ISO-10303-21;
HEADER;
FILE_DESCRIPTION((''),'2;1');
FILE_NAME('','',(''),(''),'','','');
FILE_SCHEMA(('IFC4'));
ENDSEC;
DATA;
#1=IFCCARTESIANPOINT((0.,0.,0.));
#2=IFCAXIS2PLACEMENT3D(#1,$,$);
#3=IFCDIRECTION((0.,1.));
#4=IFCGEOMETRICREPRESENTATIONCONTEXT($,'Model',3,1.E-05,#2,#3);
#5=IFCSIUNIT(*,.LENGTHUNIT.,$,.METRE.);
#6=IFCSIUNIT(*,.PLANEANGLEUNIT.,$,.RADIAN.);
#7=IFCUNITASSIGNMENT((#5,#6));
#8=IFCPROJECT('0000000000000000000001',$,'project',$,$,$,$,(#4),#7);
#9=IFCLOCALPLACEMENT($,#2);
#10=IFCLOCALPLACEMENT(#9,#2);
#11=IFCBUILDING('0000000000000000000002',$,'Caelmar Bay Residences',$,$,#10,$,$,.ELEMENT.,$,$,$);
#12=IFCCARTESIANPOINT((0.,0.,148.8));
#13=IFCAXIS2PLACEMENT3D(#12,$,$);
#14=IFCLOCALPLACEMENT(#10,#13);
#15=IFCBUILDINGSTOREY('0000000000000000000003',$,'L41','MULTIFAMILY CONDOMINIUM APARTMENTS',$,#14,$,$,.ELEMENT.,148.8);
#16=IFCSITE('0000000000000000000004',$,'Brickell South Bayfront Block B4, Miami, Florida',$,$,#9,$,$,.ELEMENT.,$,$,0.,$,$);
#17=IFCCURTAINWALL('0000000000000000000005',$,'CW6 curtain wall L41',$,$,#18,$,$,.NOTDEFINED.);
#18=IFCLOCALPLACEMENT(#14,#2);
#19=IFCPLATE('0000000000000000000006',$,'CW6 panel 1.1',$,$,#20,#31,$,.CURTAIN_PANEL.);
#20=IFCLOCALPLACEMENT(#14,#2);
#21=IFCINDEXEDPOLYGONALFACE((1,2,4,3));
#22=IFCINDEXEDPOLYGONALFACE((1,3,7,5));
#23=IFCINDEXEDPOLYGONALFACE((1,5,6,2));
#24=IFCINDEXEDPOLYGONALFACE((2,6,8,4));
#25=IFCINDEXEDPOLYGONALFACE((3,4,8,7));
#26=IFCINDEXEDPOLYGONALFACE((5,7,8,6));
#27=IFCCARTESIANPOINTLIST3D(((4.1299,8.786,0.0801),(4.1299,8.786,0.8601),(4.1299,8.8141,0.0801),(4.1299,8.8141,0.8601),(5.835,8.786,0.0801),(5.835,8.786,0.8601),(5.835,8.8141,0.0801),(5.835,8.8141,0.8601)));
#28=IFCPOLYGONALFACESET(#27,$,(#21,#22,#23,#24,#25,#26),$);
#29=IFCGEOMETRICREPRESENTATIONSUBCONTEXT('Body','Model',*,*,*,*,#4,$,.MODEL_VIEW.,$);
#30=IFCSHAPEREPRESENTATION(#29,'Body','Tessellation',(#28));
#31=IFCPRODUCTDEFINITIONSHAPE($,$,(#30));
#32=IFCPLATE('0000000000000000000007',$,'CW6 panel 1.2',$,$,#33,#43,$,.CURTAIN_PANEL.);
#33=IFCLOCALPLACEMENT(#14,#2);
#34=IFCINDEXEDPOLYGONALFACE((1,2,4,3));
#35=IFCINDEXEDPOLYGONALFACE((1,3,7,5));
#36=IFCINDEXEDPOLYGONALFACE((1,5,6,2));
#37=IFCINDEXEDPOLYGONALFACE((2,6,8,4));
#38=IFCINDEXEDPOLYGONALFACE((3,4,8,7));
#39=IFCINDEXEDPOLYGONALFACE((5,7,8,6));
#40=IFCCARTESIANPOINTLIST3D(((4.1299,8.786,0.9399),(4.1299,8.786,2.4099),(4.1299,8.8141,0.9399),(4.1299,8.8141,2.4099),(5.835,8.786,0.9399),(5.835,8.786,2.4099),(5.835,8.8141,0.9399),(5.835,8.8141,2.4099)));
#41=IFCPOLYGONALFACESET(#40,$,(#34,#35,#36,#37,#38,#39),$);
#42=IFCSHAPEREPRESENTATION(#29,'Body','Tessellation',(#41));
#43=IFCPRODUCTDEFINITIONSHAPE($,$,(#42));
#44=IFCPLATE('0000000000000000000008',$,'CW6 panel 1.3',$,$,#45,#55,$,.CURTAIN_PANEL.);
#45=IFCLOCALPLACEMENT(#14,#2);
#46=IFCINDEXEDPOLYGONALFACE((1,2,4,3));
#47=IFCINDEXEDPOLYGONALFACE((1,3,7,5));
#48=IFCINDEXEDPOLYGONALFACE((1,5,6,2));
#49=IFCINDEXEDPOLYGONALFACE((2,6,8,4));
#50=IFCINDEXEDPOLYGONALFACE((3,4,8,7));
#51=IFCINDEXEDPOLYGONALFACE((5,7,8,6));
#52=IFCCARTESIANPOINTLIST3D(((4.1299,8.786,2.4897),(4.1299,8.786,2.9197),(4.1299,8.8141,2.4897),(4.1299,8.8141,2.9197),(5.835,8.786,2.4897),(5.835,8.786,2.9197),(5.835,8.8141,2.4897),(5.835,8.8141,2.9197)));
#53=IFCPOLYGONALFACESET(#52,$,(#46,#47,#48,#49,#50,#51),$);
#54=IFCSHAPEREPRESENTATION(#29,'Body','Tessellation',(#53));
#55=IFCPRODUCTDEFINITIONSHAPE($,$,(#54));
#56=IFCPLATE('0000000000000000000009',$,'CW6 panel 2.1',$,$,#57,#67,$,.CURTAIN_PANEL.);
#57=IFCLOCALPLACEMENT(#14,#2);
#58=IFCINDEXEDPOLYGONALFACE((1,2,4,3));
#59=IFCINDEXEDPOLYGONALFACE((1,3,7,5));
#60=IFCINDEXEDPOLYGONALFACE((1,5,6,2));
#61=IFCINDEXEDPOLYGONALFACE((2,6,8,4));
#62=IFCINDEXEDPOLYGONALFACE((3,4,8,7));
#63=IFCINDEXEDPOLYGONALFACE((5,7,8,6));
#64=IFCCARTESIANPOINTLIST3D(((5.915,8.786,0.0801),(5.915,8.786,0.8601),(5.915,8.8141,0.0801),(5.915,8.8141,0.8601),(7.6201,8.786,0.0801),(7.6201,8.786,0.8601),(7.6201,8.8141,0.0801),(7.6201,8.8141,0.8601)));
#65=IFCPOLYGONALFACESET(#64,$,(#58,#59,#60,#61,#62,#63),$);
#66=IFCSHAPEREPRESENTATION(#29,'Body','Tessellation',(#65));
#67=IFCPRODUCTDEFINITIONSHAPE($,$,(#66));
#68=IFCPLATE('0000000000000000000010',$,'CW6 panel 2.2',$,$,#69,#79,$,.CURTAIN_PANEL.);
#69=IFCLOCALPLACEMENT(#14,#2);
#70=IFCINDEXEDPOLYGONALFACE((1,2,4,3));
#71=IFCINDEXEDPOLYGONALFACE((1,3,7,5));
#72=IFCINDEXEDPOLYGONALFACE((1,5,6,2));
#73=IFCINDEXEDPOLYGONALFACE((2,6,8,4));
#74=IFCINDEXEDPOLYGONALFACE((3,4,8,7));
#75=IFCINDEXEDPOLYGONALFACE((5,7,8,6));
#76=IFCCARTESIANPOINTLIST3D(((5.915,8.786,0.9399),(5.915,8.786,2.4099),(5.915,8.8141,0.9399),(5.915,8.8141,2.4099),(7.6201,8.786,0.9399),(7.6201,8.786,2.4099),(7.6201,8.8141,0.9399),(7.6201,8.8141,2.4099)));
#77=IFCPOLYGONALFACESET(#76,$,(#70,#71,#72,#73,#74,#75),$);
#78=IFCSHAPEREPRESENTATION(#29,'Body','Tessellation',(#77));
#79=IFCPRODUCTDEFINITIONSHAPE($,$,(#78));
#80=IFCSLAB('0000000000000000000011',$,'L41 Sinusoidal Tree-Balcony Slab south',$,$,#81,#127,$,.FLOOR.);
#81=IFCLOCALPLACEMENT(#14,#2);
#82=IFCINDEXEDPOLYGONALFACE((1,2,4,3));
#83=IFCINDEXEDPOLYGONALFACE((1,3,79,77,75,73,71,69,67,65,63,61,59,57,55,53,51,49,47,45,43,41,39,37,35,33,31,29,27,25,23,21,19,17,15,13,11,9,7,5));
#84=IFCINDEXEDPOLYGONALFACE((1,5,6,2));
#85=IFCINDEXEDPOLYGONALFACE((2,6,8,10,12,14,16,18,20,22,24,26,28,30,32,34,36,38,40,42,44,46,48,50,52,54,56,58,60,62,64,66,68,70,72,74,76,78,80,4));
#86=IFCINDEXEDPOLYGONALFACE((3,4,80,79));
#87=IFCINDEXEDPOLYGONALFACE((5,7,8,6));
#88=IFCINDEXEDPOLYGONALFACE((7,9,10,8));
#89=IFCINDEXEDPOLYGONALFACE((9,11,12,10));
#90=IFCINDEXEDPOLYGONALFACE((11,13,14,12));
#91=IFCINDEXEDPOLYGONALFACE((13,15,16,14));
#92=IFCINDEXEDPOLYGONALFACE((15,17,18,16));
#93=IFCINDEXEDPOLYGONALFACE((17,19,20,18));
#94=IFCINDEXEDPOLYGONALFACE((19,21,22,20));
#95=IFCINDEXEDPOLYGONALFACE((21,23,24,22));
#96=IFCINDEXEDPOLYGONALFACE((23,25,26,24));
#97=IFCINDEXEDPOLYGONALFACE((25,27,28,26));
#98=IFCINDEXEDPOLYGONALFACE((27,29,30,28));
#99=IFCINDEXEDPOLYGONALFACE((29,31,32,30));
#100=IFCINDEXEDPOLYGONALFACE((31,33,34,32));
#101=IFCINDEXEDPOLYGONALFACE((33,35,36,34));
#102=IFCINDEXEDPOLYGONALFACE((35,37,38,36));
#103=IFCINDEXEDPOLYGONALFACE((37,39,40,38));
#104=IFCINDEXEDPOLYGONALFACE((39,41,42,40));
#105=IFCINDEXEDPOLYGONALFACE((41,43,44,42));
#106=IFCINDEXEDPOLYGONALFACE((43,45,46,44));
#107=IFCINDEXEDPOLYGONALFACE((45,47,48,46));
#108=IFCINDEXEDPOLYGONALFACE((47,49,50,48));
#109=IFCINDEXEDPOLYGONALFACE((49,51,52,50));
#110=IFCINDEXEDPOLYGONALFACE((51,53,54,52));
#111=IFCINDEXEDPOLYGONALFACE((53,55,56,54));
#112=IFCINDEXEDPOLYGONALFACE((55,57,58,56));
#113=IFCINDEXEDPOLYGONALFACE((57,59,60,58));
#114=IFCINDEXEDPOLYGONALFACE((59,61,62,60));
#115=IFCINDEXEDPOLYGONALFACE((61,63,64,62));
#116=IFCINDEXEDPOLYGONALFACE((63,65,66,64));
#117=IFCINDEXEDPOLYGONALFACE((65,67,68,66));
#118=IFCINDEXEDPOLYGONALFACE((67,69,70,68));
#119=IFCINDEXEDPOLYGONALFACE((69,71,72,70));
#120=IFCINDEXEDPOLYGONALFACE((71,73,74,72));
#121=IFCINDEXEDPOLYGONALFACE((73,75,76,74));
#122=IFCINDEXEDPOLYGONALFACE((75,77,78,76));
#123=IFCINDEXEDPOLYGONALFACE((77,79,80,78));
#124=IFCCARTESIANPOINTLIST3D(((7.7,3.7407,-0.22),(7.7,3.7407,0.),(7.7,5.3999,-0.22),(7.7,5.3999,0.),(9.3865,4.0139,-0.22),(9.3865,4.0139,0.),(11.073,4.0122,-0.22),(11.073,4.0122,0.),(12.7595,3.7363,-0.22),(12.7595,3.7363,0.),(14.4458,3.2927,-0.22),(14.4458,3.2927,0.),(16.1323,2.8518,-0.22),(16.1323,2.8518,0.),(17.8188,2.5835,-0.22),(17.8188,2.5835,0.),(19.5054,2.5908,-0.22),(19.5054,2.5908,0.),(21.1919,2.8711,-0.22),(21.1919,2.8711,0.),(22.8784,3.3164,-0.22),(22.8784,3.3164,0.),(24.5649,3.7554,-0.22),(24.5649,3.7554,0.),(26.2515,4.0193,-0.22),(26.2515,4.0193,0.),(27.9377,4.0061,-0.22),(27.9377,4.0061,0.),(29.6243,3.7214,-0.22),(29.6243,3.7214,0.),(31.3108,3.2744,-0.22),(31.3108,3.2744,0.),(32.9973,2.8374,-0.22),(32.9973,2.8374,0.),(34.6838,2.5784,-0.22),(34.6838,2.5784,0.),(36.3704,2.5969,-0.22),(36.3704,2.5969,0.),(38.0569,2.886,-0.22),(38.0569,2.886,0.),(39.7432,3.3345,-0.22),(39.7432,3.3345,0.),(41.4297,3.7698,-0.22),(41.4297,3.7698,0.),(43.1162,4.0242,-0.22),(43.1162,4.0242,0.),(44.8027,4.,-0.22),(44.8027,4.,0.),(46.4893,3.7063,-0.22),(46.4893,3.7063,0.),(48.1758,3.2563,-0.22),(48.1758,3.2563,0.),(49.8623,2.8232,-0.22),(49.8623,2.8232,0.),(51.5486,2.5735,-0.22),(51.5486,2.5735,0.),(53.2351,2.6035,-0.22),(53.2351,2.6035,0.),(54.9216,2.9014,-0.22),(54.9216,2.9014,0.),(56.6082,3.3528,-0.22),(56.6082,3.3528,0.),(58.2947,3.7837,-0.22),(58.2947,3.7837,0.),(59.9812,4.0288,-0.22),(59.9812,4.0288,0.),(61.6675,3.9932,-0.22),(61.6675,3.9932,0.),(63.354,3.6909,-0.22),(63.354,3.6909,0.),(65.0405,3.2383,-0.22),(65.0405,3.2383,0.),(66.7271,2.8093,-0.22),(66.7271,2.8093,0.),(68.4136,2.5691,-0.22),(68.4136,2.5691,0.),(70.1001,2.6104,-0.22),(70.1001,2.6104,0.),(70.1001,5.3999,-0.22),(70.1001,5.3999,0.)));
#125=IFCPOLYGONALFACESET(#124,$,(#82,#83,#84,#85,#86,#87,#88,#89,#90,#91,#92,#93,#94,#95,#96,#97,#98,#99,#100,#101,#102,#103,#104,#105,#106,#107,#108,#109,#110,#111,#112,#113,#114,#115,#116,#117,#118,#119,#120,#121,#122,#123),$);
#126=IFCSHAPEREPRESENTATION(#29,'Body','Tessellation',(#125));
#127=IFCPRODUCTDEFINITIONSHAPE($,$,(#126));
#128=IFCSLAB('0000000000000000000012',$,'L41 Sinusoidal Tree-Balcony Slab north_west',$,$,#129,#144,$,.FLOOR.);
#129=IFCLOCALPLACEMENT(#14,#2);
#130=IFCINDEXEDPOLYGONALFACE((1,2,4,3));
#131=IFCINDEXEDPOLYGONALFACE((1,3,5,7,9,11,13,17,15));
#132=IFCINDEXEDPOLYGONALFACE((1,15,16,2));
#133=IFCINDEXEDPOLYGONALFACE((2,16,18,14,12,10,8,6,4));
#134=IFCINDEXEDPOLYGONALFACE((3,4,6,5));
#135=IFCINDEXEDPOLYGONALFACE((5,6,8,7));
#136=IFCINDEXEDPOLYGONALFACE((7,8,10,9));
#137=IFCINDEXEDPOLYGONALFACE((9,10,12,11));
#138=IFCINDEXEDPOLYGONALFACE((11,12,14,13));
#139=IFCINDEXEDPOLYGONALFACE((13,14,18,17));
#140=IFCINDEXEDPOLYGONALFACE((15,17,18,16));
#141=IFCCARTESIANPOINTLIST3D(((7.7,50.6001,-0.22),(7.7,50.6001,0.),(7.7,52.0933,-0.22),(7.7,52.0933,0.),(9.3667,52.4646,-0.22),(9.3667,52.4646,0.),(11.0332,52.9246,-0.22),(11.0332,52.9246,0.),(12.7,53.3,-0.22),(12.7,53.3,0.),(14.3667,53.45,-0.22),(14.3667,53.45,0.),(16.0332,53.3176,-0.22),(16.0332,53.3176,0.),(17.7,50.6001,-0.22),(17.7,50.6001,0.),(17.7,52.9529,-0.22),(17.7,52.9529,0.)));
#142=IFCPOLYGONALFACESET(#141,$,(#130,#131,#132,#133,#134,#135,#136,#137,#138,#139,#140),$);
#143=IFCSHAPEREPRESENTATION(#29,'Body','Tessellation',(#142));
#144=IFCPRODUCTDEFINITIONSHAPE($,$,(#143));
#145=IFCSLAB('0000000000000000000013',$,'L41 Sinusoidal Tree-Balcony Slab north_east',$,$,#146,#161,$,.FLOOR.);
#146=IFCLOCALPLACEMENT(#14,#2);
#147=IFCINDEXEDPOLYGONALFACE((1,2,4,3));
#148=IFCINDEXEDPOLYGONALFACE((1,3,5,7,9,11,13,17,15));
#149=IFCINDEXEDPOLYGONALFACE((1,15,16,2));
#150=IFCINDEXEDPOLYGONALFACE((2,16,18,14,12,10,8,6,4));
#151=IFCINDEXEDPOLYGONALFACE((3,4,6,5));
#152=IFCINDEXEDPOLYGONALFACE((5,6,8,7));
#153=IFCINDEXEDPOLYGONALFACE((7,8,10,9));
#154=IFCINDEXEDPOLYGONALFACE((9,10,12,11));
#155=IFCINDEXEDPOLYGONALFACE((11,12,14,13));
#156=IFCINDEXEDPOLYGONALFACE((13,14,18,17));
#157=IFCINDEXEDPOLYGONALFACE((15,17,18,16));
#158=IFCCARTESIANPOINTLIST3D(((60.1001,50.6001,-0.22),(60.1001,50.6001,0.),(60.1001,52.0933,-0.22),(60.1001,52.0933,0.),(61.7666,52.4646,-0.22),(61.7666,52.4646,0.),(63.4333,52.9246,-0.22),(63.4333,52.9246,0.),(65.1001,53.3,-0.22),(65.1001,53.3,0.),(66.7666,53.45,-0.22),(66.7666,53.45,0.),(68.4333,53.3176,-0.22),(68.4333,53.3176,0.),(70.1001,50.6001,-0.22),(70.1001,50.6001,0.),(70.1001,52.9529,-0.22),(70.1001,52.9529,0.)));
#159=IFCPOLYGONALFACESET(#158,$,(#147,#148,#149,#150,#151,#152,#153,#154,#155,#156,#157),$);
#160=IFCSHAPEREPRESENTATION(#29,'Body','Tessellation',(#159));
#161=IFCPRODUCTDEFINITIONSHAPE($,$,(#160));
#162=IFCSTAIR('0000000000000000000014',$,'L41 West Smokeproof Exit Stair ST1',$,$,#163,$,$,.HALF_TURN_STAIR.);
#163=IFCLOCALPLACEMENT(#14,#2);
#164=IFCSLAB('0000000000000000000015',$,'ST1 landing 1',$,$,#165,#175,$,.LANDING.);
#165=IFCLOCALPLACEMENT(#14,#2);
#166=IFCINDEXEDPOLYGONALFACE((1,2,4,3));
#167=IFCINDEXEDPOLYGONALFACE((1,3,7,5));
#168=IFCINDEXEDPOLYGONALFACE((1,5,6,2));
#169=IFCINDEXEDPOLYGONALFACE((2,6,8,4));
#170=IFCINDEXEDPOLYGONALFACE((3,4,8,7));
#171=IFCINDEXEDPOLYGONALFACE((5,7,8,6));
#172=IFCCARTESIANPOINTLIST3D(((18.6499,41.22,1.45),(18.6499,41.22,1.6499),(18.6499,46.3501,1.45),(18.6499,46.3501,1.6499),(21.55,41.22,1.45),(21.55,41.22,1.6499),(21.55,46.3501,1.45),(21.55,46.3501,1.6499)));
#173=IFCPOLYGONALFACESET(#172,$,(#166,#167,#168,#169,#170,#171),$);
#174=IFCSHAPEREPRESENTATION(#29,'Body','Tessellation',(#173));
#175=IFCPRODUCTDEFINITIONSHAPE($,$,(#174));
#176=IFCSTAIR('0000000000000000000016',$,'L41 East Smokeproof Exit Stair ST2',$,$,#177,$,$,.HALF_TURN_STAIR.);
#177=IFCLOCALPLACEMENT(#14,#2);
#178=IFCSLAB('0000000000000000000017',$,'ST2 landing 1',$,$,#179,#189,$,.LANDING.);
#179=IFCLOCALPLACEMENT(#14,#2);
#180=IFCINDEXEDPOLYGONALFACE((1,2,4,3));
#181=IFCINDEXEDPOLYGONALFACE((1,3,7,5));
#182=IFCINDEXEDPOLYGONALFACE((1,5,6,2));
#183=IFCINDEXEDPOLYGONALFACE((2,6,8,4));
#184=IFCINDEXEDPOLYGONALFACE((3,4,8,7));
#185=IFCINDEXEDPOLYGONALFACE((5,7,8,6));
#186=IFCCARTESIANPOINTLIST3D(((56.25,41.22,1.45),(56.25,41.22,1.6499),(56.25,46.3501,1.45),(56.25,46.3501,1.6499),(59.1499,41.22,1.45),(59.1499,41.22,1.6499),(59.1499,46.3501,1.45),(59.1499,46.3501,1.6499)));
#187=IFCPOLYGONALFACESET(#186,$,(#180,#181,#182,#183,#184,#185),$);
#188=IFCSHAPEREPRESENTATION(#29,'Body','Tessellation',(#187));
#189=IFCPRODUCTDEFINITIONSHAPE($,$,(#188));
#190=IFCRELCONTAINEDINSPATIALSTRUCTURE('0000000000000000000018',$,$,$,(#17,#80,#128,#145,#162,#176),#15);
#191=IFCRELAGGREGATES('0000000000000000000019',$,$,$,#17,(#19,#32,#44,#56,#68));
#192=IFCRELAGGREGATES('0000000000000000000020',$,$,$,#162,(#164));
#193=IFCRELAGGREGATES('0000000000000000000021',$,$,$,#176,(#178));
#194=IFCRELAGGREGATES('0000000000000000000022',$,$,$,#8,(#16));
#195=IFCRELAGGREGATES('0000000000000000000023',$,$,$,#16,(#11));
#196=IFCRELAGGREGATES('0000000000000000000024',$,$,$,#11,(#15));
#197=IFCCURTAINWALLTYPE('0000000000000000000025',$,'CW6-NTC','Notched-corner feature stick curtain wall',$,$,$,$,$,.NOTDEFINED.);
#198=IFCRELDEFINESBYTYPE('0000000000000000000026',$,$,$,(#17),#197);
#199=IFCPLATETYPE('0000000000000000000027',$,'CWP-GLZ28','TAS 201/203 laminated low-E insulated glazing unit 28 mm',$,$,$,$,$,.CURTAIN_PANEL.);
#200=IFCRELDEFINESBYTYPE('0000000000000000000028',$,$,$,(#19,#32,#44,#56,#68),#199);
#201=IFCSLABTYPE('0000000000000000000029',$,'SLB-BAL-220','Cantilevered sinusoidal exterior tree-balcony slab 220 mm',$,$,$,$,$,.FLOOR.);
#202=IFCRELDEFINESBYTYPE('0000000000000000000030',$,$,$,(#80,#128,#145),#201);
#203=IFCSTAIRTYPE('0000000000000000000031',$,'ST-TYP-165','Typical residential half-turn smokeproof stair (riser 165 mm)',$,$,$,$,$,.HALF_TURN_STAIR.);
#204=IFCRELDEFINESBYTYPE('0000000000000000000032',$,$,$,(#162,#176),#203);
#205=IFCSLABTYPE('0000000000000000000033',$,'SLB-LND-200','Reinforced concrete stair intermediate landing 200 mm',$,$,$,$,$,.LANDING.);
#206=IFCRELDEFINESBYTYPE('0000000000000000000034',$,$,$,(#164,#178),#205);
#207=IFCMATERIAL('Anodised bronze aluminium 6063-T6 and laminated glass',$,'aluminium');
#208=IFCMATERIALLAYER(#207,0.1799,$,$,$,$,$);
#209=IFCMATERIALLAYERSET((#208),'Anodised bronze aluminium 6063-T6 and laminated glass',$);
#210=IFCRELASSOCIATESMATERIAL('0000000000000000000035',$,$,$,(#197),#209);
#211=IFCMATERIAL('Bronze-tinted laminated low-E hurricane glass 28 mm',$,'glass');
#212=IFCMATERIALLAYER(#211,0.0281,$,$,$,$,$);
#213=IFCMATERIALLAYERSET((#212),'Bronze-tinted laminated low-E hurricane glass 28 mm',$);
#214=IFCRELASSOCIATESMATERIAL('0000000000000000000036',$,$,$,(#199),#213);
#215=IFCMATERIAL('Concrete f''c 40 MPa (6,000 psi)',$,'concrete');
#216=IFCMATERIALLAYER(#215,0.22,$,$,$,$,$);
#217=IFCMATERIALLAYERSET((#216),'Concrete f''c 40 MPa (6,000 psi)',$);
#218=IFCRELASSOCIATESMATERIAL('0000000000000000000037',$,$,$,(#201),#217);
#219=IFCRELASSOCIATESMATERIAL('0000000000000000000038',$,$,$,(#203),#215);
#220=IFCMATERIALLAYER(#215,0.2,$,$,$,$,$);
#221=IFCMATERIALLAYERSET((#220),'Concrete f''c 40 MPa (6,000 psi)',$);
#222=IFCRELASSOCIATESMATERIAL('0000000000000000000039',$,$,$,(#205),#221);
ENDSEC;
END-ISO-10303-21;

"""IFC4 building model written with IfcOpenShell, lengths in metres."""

from ifc_helpers import new_model, si_unit, direction, frame, origin, origin_2d, place, context, subcontext, project, spatial, polyline, rectangle, outline, extrude, material, layer, layer_set, type_object, element, aggregate, save


model = new_model("IFC4")

# Units and contexts
model_context = context("Model", 3, precision=1e-05, world=origin(), true_north=direction((0.0, 1.0)))
body_context = subcontext(model_context, "Body", "Model", "MODEL_VIEW")
ifc_project = project(units=[si_unit("LENGTHUNIT", "METRE"), si_unit("PLANEANGLEUNIT", "RADIAN")], contexts=[model_context])

# Site, building, storey
site_placement = place(None, origin())
site = spatial("IfcSite", under=ifc_project, at=site_placement, Name="Brickell South Bayfront Block B4, Miami, Florida", CompositionType="ELEMENT", RefElevation=0.0)
building_placement = place(site_placement, origin())
building = spatial("IfcBuilding", under=site, at=building_placement, Name="Caelmar Bay Residences", CompositionType="ELEMENT")
storey_placement = place(building_placement, frame((0.0, 0.0, 148.8)))
storey = spatial("IfcBuildingStorey", under=building, at=storey_placement, Name="L41", Description="MULTIFAMILY CONDOMINIUM APARTMENTS", CompositionType="ELEMENT", Elevation=148.8)

# Curtain wall
ifc_material_1 = material(Name="Anodised bronze aluminium 6063-T6 and laminated glass", Category="aluminium")
ifc_layer_1 = layer(ifc_material_1, 0.1799)
ifc_layer_set_1 = layer_set([ifc_layer_1], Name="Anodised bronze aluminium 6063-T6 and laminated glass")
curtain_wall_type_1 = type_object("IfcCurtainWallType", Name="CW6-NTC", Description="Notched-corner feature stick curtain wall", PredefinedType="NOTDEFINED", material=ifc_layer_set_1)
curtain_wall_1_placement = place(storey_placement, origin())
curtain_wall_1 = element("IfcCurtainWall", 1, at=curtain_wall_1_placement, inside=storey, type_object=curtain_wall_type_1, Name="CW6 curtain wall L41", PredefinedType="NOTDEFINED")

# Plates
ifc_material_2 = material(Name="Bronze-tinted laminated low-E hurricane glass 28 mm", Category="glass")
ifc_layer_2 = layer(ifc_material_2, 0.0281)
ifc_layer_set_2 = layer_set([ifc_layer_2], Name="Bronze-tinted laminated low-E hurricane glass 28 mm")
plate_type = type_object("IfcPlateType", Name="CWP-GLZ28", Description="TAS 201/203 laminated low-E insulated glazing unit 28 mm", PredefinedType="CURTAIN_PANEL", material=ifc_layer_set_2)
plate_1_placement = place(storey_placement, frame((4.9824, 8.8, 0.0801), z_axis=(0.0, 0.0, 1.0), x_axis=(1.0, 0.0, 0.0)))
plate_1 = element("IfcPlate", 2, at=plate_1_placement, type_object=plate_type, Name="CW6 panel 1.1", PredefinedType="CURTAIN_PANEL", context=body_context, shape_type="SweptSolid", body=[
    extrude(rectangle(XDim=1.7051, YDim=0.0281, at=origin_2d()), origin(), (0.0, 0.0, 1.0), 0.78),
])
plate_2_placement = place(storey_placement, frame((4.9824, 8.8, 0.9399), z_axis=(0.0, 0.0, 1.0), x_axis=(1.0, 0.0, 0.0)))
plate_2 = element("IfcPlate", 3, at=plate_2_placement, type_object=plate_type, Name="CW6 panel 1.2", PredefinedType="CURTAIN_PANEL", context=body_context, shape_type="SweptSolid", body=[
    extrude(rectangle(XDim=1.7051, YDim=0.0281, at=origin_2d()), origin(), (0.0, 0.0, 1.0), 1.47),
])
plate_3_placement = place(storey_placement, frame((4.9824, 8.8, 2.4897), z_axis=(0.0, 0.0, 1.0), x_axis=(1.0, 0.0, 0.0)))
plate_3 = element("IfcPlate", 4, at=plate_3_placement, type_object=plate_type, Name="CW6 panel 1.3", PredefinedType="CURTAIN_PANEL", context=body_context, shape_type="SweptSolid", body=[
    extrude(rectangle(XDim=1.7051, YDim=0.0281, at=origin_2d()), origin(), (0.0, 0.0, 1.0), 0.4299),
])
plate_4_placement = place(storey_placement, frame((6.7676, 8.8, 0.0801), z_axis=(0.0, 0.0, 1.0), x_axis=(1.0, 0.0, 0.0)))
plate_4 = element("IfcPlate", 5, at=plate_4_placement, type_object=plate_type, Name="CW6 panel 2.1", PredefinedType="CURTAIN_PANEL", context=body_context, shape_type="SweptSolid", body=[
    extrude(rectangle(XDim=1.7051, YDim=0.0281, at=origin_2d()), origin(), (0.0, 0.0, 1.0), 0.78),
])
plate_5_placement = place(storey_placement, frame((6.7676, 8.8, 0.9399), z_axis=(0.0, 0.0, 1.0), x_axis=(1.0, 0.0, 0.0)))
plate_5 = element("IfcPlate", 6, at=plate_5_placement, type_object=plate_type, Name="CW6 panel 2.2", PredefinedType="CURTAIN_PANEL", context=body_context, shape_type="SweptSolid", body=[
    extrude(rectangle(XDim=1.7051, YDim=0.0281, at=origin_2d()), origin(), (0.0, 0.0, 1.0), 1.47),
])
aggregate(curtain_wall_1, [plate_1, plate_2, plate_3, plate_4, plate_5])

# Slabs
ifc_material_3 = material(Name="Concrete f'c 40 MPa (6,000 psi)", Category="concrete")
ifc_layer_3 = layer(ifc_material_3, 0.22)
ifc_layer_set_3 = layer_set([ifc_layer_3], Name="Concrete f'c 40 MPa (6,000 psi)")
slab_type_1 = type_object("IfcSlabType", Name="SLB-BAL-220", Description="Cantilevered sinusoidal exterior tree-balcony slab 220 mm", PredefinedType="FLOOR", material=ifc_layer_set_3)
slab_1_placement = place(storey_placement, frame((0.0, 0.0, -0.22)))
element("IfcSlab", 7, at=slab_1_placement, inside=storey, type_object=slab_type_1, Name="L41 Sinusoidal Tree-Balcony Slab south", PredefinedType="FLOOR", context=body_context, shape_type="SweptSolid", body=[
    extrude(outline(polyline([(7.7, 3.7407), (9.3865, 4.0139), (11.073, 4.0122), (12.7595, 3.7363), (14.4458, 3.2927), (16.1323, 2.8518), (17.8188, 2.5835), (19.5054, 2.5908), (21.1919, 2.8711), (22.8784, 3.3164), (24.5649, 3.7554), (26.2515, 4.0193), (27.9377, 4.0061), (29.6243, 3.7214), (31.3108, 3.2744), (32.9973, 2.8374), (34.6838, 2.5784), (36.3704, 2.5969), (38.0569, 2.886), (39.7432, 3.3345), (41.4297, 3.7698), (43.1162, 4.0242), (44.8027, 4.0), (46.4893, 3.7063), (48.1758, 3.2563), (49.8623, 2.8232), (51.5486, 2.5735), (53.2351, 2.6035), (54.9216, 2.9014), (56.6082, 3.3528), (58.2947, 3.7837), (59.9812, 4.0288), (61.6675, 3.9932), (63.354, 3.6909), (65.0405, 3.2383), (66.7271, 2.8093), (68.4136, 2.5691), (70.1001, 2.6104), (70.1001, 5.3999), (7.7, 5.3999), (7.7, 3.7407)])), origin(), (0.0, 0.0, 1.0), 0.22),
])
slab_2_placement = place(storey_placement, frame((0.0, 0.0, -0.22)))
element("IfcSlab", 8, at=slab_2_placement, inside=storey, type_object=slab_type_1, Name="L41 Sinusoidal Tree-Balcony Slab north_west", PredefinedType="FLOOR", context=body_context, shape_type="SweptSolid", body=[
    extrude(outline(polyline([(7.7, 50.6001), (17.7, 50.6001), (17.7, 52.9529), (16.0332, 53.3176), (14.3667, 53.45), (12.7, 53.3), (11.0332, 52.9246), (9.3667, 52.4646), (7.7, 52.0933), (7.7, 50.6001)])), origin(), (0.0, 0.0, 1.0), 0.22),
])
slab_3_placement = place(storey_placement, frame((0.0, 0.0, -0.22)))
element("IfcSlab", 9, at=slab_3_placement, inside=storey, type_object=slab_type_1, Name="L41 Sinusoidal Tree-Balcony Slab north_east", PredefinedType="FLOOR", context=body_context, shape_type="SweptSolid", body=[
    extrude(outline(polyline([(60.1001, 50.6001), (70.1001, 50.6001), (70.1001, 52.9529), (68.4333, 53.3176), (66.7666, 53.45), (65.1001, 53.3), (63.4333, 52.9246), (61.7666, 52.4646), (60.1001, 52.0933), (60.1001, 50.6001)])), origin(), (0.0, 0.0, 1.0), 0.22),
])

# Stairs, slabs
stair_type = type_object("IfcStairType", Name="ST-TYP-165", Description="Typical residential half-turn smokeproof stair (riser 165 mm)", PredefinedType="HALF_TURN_STAIR", material=ifc_material_3)
stair_1_placement = place(storey_placement, origin())
stair_1 = element("IfcStair", 10, at=stair_1_placement, inside=storey, type_object=stair_type, Name="L41 West Smokeproof Exit Stair ST1", PredefinedType="HALF_TURN_STAIR")
ifc_layer_4 = layer(ifc_material_3, 0.2)
ifc_layer_set_4 = layer_set([ifc_layer_4], Name="Concrete f'c 40 MPa (6,000 psi)")
slab_type_2 = type_object("IfcSlabType", Name="SLB-LND-200", Description="Reinforced concrete stair intermediate landing 200 mm", PredefinedType="LANDING", material=ifc_layer_set_4)
slab_4_placement = place(storey_placement, frame((0.0, 0.0, 1.45)))
slab_4 = element("IfcSlab", 11, at=slab_4_placement, type_object=slab_type_2, Name="ST1 landing 1", PredefinedType="LANDING", context=body_context, shape_type="SweptSolid", body=[
    extrude(outline(polyline([(21.55, 41.22), (21.55, 46.3501), (18.6499, 46.3501), (18.6499, 41.22), (21.55, 41.22)])), origin(), (0.0, 0.0, 1.0), 0.2),
])
aggregate(stair_1, [slab_4])
stair_2_placement = place(storey_placement, origin())
stair_2 = element("IfcStair", 12, at=stair_2_placement, inside=storey, type_object=stair_type, Name="L41 East Smokeproof Exit Stair ST2", PredefinedType="HALF_TURN_STAIR")
slab_5_placement = place(storey_placement, frame((0.0, 0.0, 1.45)))
slab_5 = element("IfcSlab", 13, at=slab_5_placement, type_object=slab_type_2, Name="ST2 landing 1", PredefinedType="LANDING", context=body_context, shape_type="SweptSolid", body=[
    extrude(outline(polyline([(59.1499, 41.22), (59.1499, 46.3501), (56.25, 46.3501), (56.25, 41.22), (59.1499, 41.22)])), origin(), (0.0, 0.0, 1.0), 0.2),
])
aggregate(stair_2, [slab_5])

save(model, "model.ifc")
